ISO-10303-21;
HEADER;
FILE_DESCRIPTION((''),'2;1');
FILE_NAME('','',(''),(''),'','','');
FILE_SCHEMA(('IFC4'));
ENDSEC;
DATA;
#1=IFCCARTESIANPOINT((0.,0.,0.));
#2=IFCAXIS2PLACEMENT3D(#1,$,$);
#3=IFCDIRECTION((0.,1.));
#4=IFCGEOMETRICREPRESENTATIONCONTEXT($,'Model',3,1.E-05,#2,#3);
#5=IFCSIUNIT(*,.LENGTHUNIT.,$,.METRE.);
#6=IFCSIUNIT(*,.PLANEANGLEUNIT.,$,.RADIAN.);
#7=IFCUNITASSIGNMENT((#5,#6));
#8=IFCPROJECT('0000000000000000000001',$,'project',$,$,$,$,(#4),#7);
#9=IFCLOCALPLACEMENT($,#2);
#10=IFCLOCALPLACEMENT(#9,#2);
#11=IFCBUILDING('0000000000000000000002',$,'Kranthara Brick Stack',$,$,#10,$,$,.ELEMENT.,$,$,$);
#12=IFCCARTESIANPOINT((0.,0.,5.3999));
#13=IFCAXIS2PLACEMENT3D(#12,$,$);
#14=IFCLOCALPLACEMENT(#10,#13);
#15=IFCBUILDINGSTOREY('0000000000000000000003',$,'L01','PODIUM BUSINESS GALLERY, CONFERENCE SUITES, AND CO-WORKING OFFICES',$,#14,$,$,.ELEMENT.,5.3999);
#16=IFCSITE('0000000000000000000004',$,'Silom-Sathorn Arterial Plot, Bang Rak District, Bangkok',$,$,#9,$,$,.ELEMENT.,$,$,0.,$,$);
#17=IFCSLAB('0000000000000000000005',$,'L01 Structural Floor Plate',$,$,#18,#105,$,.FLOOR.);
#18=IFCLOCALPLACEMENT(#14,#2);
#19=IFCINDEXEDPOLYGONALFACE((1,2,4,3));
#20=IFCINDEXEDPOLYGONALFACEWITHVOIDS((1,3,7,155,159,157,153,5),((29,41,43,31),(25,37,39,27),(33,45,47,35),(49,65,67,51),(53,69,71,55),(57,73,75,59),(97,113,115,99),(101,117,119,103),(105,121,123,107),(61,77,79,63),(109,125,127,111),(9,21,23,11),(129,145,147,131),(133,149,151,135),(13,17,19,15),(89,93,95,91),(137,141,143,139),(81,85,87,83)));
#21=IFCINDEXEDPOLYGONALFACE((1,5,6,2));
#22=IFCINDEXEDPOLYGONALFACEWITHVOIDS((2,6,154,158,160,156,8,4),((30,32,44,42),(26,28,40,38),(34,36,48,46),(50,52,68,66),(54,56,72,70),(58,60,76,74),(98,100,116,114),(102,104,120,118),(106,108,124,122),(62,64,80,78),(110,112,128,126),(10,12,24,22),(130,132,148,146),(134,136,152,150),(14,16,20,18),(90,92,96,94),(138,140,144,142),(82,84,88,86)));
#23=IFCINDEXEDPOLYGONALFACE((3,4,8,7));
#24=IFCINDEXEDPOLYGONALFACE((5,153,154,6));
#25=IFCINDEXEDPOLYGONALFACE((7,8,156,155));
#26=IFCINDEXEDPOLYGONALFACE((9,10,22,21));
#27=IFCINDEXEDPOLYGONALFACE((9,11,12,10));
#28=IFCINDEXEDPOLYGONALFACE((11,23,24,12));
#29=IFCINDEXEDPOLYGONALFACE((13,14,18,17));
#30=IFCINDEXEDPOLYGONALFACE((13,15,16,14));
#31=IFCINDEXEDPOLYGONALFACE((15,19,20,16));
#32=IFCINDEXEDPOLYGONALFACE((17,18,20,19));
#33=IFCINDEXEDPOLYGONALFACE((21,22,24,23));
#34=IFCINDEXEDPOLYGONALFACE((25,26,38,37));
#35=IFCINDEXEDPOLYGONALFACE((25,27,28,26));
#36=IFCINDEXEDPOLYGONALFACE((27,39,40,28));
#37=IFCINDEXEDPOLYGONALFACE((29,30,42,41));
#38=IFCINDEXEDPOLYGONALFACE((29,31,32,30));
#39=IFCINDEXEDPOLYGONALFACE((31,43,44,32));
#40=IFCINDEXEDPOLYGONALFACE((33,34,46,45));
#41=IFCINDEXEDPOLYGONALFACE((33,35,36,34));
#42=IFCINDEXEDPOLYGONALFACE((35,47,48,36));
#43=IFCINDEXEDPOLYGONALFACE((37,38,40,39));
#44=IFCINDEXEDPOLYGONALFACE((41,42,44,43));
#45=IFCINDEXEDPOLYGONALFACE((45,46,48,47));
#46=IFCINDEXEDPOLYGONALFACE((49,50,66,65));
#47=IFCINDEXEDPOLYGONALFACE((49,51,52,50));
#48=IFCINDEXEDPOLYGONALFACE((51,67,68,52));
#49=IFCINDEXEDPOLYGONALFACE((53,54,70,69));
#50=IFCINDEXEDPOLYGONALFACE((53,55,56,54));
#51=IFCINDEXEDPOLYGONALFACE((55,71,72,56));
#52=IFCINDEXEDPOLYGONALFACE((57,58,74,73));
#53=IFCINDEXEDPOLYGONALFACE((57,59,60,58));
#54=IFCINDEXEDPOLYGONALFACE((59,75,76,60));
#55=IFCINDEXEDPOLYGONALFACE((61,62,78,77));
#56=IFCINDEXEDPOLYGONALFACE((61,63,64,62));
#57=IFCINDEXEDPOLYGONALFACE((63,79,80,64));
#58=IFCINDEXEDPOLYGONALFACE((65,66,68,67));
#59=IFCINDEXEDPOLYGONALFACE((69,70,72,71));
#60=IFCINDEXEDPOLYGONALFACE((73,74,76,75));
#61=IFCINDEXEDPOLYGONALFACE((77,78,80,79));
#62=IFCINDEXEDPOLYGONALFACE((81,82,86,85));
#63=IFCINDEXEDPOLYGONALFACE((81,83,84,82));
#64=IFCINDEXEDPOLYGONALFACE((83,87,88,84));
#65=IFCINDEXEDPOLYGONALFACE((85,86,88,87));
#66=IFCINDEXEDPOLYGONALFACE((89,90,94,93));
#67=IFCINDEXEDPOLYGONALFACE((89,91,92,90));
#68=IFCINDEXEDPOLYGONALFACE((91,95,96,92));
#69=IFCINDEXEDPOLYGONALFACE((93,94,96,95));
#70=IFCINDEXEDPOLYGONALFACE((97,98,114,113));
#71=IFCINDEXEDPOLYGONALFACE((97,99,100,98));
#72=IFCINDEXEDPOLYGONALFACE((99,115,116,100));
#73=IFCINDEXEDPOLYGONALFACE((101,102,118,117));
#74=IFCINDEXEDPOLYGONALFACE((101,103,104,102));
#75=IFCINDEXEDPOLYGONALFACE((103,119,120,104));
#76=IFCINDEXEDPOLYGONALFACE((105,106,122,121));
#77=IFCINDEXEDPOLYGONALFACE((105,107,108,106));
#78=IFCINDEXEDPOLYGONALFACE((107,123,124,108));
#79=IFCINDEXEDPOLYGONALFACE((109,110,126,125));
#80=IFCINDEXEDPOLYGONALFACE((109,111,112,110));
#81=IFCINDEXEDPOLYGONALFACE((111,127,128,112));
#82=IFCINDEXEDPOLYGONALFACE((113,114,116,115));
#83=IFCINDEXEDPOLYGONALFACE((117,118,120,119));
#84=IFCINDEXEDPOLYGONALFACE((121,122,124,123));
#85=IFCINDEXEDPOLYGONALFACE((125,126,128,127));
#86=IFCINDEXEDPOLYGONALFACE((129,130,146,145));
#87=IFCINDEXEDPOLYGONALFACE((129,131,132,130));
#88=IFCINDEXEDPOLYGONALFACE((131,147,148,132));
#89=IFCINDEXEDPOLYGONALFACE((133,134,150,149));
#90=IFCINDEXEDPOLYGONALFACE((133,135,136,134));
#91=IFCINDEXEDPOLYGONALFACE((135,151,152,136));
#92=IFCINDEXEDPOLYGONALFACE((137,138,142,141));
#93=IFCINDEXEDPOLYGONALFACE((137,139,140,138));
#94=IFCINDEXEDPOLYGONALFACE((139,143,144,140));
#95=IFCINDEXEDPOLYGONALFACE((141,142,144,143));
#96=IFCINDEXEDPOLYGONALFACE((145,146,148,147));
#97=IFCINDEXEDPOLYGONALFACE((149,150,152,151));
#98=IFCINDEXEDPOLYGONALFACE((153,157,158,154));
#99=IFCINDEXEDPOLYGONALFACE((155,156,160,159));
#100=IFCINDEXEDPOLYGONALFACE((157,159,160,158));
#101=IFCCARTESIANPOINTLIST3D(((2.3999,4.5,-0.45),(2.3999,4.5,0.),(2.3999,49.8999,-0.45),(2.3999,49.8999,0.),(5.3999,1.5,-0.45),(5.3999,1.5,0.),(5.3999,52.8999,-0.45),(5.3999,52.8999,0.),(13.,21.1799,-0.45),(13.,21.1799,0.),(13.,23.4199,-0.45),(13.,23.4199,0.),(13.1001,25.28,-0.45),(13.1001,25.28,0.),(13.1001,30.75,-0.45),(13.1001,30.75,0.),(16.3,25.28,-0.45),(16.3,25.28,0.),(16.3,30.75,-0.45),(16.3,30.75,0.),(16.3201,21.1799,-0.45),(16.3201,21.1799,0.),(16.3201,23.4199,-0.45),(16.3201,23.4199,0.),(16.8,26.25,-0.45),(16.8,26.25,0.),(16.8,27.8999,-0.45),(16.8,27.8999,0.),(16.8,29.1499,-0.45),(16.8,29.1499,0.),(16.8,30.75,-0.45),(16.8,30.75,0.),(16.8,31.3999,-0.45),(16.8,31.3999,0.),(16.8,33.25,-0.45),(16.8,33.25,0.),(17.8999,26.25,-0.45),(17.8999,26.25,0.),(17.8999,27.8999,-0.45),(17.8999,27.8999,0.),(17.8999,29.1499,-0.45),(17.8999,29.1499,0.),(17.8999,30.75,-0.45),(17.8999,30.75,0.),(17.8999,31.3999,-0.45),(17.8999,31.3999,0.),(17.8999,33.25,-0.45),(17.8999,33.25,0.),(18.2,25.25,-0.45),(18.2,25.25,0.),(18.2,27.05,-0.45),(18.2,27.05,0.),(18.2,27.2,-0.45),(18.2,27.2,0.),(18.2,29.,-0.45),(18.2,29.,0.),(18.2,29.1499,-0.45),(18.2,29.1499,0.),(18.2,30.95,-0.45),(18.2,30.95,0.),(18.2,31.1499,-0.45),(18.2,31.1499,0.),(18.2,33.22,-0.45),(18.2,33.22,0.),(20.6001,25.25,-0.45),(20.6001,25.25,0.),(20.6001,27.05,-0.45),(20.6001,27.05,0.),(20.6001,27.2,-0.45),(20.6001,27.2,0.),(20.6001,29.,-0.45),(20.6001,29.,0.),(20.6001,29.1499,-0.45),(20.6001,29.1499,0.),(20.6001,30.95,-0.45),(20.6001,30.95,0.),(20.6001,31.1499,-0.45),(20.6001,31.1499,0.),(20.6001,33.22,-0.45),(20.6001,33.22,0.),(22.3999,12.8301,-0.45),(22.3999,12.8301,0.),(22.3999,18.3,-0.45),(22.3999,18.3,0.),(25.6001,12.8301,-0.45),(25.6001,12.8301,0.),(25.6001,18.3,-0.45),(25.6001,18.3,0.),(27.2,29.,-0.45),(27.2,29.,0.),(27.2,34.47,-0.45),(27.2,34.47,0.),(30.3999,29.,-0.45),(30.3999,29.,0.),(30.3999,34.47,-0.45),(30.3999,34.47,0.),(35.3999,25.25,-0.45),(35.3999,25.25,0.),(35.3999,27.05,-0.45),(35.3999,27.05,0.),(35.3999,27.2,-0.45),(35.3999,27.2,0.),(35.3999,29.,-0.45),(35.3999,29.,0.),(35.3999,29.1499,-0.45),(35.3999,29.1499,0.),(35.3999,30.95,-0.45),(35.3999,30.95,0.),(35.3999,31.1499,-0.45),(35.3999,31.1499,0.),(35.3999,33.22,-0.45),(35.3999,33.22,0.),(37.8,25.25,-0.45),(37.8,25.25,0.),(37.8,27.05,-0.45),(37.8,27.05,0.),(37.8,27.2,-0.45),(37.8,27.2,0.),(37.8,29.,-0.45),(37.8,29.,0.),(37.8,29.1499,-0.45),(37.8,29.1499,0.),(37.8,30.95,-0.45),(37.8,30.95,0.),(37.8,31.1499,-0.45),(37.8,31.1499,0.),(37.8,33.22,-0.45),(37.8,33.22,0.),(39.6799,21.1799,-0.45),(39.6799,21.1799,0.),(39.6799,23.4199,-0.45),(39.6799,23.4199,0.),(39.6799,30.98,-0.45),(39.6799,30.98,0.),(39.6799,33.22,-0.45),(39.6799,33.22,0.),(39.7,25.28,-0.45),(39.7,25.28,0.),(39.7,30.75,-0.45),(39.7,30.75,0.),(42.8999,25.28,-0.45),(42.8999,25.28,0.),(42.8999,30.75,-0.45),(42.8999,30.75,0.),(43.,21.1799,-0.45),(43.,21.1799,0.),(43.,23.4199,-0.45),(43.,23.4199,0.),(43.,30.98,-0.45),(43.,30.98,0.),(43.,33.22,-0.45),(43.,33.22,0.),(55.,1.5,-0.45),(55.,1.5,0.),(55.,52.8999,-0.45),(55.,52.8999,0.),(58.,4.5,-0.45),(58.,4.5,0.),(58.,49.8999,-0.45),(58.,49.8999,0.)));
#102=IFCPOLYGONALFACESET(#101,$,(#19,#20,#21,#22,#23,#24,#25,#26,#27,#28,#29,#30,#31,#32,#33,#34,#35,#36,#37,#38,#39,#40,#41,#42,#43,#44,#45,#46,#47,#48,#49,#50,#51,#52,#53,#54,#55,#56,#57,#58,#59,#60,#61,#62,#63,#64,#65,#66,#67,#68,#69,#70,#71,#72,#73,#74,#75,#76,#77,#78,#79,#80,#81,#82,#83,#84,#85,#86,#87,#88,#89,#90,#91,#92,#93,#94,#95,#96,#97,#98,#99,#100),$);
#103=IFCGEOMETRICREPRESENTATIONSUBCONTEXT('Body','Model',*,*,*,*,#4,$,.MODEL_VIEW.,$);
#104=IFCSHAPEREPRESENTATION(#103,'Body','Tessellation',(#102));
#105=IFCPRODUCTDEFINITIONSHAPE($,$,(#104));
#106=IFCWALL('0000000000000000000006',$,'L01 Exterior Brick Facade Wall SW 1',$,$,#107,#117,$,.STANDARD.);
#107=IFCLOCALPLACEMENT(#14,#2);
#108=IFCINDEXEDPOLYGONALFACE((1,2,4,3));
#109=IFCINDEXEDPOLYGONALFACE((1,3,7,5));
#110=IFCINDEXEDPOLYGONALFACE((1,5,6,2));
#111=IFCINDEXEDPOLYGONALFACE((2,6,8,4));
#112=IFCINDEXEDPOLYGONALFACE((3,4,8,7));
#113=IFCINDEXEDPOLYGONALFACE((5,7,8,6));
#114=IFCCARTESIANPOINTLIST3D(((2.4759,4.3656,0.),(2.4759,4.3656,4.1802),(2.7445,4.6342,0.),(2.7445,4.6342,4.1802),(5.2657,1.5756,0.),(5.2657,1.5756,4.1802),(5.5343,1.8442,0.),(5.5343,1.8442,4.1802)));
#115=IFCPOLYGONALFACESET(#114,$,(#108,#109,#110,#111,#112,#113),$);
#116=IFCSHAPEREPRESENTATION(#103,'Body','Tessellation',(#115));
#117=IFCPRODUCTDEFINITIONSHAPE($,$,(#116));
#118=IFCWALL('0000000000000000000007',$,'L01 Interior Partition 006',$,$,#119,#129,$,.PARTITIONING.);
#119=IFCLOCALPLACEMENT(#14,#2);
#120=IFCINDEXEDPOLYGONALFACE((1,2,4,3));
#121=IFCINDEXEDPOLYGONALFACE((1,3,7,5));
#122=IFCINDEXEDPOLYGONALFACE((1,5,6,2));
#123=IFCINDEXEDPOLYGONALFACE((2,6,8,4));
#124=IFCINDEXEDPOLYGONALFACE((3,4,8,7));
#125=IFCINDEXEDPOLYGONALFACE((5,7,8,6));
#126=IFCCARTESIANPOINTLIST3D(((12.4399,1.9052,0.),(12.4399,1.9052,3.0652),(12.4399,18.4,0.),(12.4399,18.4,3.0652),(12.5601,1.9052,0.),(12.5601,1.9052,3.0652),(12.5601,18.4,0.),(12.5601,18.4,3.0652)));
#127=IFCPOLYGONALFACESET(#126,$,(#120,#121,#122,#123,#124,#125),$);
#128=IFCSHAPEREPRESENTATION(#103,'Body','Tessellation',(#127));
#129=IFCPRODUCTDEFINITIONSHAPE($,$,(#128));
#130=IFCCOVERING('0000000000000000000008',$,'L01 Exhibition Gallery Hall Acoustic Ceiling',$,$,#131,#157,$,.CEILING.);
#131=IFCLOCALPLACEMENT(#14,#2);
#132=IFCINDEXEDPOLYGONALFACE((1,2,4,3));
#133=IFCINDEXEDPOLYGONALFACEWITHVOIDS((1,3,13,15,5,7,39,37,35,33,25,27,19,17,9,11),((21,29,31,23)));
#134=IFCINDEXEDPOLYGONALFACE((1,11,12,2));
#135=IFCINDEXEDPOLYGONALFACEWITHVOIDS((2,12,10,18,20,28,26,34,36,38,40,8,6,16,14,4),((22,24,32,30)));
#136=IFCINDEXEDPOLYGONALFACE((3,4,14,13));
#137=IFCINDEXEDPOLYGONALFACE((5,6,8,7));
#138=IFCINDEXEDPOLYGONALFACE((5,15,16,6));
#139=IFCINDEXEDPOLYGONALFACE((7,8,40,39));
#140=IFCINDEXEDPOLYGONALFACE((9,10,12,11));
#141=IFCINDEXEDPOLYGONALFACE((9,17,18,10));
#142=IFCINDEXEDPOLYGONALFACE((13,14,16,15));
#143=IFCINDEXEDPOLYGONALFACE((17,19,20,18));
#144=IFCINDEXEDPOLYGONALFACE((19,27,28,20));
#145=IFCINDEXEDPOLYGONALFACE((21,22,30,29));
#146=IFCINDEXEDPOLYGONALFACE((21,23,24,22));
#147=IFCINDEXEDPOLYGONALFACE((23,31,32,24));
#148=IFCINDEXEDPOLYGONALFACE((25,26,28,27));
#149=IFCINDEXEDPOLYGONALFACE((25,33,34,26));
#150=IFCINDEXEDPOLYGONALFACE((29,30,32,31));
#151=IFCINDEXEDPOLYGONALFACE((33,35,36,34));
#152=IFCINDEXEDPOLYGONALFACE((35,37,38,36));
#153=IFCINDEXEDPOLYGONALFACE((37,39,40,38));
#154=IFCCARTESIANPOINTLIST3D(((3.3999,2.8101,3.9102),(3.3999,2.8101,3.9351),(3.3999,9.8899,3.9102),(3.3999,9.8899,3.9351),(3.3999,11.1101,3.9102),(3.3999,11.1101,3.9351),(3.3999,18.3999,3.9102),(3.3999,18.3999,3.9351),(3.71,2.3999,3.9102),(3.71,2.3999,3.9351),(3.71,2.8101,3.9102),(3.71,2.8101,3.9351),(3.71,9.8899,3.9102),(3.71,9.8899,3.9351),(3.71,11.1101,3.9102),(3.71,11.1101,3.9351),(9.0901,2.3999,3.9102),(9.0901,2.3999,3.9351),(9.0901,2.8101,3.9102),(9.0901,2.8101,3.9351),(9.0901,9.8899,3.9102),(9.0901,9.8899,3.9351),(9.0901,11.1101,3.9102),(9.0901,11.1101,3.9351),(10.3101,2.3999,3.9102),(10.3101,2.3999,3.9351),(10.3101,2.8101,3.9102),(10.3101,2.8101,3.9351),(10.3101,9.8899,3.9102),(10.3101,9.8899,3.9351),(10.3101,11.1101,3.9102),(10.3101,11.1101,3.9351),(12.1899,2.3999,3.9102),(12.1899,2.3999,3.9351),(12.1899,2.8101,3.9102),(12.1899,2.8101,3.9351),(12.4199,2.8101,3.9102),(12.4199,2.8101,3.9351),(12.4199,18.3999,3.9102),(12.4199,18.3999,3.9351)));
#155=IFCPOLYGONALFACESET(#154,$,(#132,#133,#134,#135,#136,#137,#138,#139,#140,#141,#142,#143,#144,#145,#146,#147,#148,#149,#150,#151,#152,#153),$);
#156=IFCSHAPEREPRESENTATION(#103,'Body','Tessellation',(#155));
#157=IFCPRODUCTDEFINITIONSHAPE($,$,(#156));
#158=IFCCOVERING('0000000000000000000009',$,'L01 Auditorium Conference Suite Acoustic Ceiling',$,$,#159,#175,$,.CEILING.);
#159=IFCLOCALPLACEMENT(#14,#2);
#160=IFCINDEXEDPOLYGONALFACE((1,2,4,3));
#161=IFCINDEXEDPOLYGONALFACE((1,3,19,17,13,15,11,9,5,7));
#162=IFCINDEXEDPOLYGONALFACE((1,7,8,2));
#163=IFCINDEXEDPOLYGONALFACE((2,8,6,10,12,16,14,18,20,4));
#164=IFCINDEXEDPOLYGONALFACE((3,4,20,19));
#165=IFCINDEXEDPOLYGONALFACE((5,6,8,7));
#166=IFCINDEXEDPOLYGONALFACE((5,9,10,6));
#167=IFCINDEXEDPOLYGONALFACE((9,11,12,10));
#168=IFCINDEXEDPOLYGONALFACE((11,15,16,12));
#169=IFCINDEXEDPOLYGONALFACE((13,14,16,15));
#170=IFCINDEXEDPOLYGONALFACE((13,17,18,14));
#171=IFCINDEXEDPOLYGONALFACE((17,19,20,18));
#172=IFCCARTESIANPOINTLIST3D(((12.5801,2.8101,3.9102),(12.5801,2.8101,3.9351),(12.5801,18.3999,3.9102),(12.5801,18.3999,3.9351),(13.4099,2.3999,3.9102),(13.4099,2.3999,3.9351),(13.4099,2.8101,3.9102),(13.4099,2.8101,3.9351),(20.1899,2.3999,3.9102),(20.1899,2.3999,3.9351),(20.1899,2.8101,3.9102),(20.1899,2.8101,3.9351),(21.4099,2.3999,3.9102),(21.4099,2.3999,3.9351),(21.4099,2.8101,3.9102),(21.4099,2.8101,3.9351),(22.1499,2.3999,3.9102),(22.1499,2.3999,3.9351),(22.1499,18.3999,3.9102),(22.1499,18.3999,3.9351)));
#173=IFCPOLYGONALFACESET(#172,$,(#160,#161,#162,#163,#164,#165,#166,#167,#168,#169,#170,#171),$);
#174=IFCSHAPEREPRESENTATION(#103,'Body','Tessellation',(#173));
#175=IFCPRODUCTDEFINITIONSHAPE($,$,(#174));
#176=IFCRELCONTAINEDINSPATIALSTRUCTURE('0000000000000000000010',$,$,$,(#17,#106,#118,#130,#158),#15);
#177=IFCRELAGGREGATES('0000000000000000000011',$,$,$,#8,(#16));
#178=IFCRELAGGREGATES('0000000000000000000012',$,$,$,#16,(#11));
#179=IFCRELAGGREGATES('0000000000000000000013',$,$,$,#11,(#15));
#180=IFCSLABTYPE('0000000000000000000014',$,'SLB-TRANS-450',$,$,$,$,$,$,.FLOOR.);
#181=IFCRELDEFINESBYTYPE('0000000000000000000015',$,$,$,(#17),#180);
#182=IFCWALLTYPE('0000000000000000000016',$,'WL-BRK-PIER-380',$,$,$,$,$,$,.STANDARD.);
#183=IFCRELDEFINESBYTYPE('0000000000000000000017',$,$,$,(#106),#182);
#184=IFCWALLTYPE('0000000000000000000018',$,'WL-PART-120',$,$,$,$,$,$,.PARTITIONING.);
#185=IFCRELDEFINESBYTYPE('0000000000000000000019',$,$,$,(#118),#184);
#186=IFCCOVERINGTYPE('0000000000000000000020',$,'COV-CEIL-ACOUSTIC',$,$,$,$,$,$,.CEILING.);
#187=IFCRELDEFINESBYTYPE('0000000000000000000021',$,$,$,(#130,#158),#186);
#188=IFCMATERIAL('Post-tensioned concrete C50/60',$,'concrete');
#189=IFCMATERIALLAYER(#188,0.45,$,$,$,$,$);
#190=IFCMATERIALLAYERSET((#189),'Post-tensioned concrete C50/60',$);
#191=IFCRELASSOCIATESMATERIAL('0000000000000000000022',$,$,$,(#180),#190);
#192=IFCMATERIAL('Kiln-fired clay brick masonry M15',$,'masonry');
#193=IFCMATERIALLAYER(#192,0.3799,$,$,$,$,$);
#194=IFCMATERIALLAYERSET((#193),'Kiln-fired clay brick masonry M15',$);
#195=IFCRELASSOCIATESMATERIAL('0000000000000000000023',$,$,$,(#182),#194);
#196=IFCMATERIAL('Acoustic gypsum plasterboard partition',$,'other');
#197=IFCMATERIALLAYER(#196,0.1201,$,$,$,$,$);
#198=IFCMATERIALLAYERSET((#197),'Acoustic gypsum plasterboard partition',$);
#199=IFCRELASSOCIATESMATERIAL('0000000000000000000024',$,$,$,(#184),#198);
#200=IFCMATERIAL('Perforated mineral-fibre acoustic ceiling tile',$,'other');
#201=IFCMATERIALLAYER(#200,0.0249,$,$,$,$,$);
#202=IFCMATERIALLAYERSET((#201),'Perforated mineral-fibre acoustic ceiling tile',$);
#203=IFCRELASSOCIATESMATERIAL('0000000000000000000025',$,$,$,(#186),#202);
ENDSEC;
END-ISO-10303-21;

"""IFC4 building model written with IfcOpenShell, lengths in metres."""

from ifc_helpers import new_model, si_unit, direction, frame, frame_2d, origin, place, context, subcontext, project, spatial, polyline, rectangle, outline, extrude, material, layer, layer_set, type_object, element, save


model = new_model("IFC4")

# Units and contexts
model_context = context("Model", 3, precision=1e-05, world=origin(), true_north=direction((0.0, 1.0)))
body_context = subcontext(model_context, "Body", "Model", "MODEL_VIEW")
ifc_project = project(units=[si_unit("LENGTHUNIT", "METRE"), si_unit("PLANEANGLEUNIT", "RADIAN")], contexts=[model_context])

# Site, building, storey
site_placement = place(None, origin())
site = spatial("IfcSite", under=ifc_project, at=site_placement, Name="Silom-Sathorn Arterial Plot, Bang Rak District, Bangkok", CompositionType="ELEMENT", RefElevation=0.0)
building_placement = place(site_placement, origin())
building = spatial("IfcBuilding", under=site, at=building_placement, Name="Kranthara Brick Stack", CompositionType="ELEMENT")
storey_placement = place(building_placement, frame((0.0, 0.0, 5.3999)))
storey = spatial("IfcBuildingStorey", under=building, at=storey_placement, Name="L01", Description="PODIUM BUSINESS GALLERY, CONFERENCE SUITES, AND CO-WORKING OFFICES", CompositionType="ELEMENT", Elevation=5.3999)

# Slab
ifc_material_1 = material(Name="Post-tensioned concrete C50/60", Category="concrete")
ifc_layer_1 = layer(ifc_material_1, 0.45)
ifc_layer_set_1 = layer_set([ifc_layer_1], Name="Post-tensioned concrete C50/60")
slab_type_1 = type_object("IfcSlabType", Name="SLB-TRANS-450", PredefinedType="FLOOR", material=ifc_layer_set_1)
slab_1_placement = place(storey_placement, frame((0.0, 0.0, -0.45)))
element("IfcSlab", 1, at=slab_1_placement, inside=storey, type_object=slab_type_1, Name="L01 Structural Floor Plate", PredefinedType="FLOOR", context=body_context, shape_type="SweptSolid", body=[
    extrude(outline(polyline([(5.3999, 1.5), (55.0, 1.5), (58.0, 4.5), (58.0, 49.8999), (55.0, 52.8999), (5.3999, 52.8999), (2.3999, 49.8999), (2.3999, 4.5), (5.3999, 1.5)]), holes=[polyline([(13.1001, 25.28), (16.3, 25.28), (16.3, 30.75), (13.1001, 30.75), (13.1001, 25.28)]), polyline([(39.7, 25.28), (42.8999, 25.28), (42.8999, 30.75), (39.7, 30.75), (39.7, 25.28)]), polyline([(22.3999, 12.8301), (25.6001, 12.8301), (25.6001, 18.3), (22.3999, 18.3), (22.3999, 12.8301)]), polyline([(27.2, 29.0), (30.3999, 29.0), (30.3999, 34.47), (27.2, 34.47), (27.2, 29.0)]), polyline([(13.0, 21.1799), (16.3201, 21.1799), (16.3201, 23.4199), (13.0, 23.4199), (13.0, 21.1799)]), polyline([(39.6799, 21.1799), (43.0, 21.1799), (43.0, 23.4199), (39.6799, 23.4199), (39.6799, 21.1799)]), polyline([(39.6799, 30.98), (43.0, 30.98), (43.0, 33.22), (39.6799, 33.22), (39.6799, 30.98)]), polyline([(18.2, 25.25), (20.6001, 25.25), (20.6001, 27.05), (18.2, 27.05), (18.2, 25.25)]), polyline([(18.2, 27.2), (20.6001, 27.2), (20.6001, 29.0), (18.2, 29.0), (18.2, 27.2)]), polyline([(18.2, 29.1499), (20.6001, 29.1499), (20.6001, 30.95), (18.2, 30.95), (18.2, 29.1499)]), polyline([(35.3999, 25.25), (37.8, 25.25), (37.8, 27.05), (35.3999, 27.05), (35.3999, 25.25)]), polyline([(35.3999, 27.2), (37.8, 27.2), (37.8, 29.0), (35.3999, 29.0), (35.3999, 27.2)]), polyline([(35.3999, 29.1499), (37.8, 29.1499), (37.8, 30.95), (35.3999, 30.95), (35.3999, 29.1499)]), polyline([(18.2, 31.1499), (20.6001, 31.1499), (20.6001, 33.22), (18.2, 33.22), (18.2, 31.1499)]), polyline([(35.3999, 31.1499), (37.8, 31.1499), (37.8, 33.22), (35.3999, 33.22), (35.3999, 31.1499)]), polyline([(16.8, 26.25), (17.8999, 26.25), (17.8999, 27.8999), (16.8, 27.8999), (16.8, 26.25)]), polyline([(16.8, 29.1499), (17.8999, 29.1499), (17.8999, 30.75), (16.8, 30.75), (16.8, 29.1499)]), polyline([(16.8, 31.3999), (17.8999, 31.3999), (17.8999, 33.25), (16.8, 33.25), (16.8, 31.3999)])]), origin(), (0.0, 0.0, 1.0), 0.45),
])

# Walls
ifc_material_2 = material(Name="Kiln-fired clay brick masonry M15", Category="masonry")
ifc_layer_2 = layer(ifc_material_2, 0.3799)
ifc_layer_set_2 = layer_set([ifc_layer_2], Name="Kiln-fired clay brick masonry M15")
wall_type_1 = type_object("IfcWallType", Name="WL-BRK-PIER-380", PredefinedType="STANDARD", material=ifc_layer_set_2)
wall_1_placement = place(storey_placement, frame((5.3999, 1.71, 0.0), z_axis=(0.0, 0.0, 1.0), x_axis=(-0.707076, 0.707138, 0.0)))
element("IfcWall", 2, at=wall_1_placement, inside=storey, type_object=wall_type_1, Name="L01 Exterior Brick Facade Wall SW 1", PredefinedType="STANDARD", context=body_context, shape_type="SweptSolid", body=[
    extrude(rectangle(XDim=3.9456, YDim=0.3799, at=frame_2d((1.9727, 0.0))), origin(), (0.0, 0.0, 1.0), 4.1802),
])
ifc_material_3 = material(Name="Acoustic gypsum plasterboard partition", Category="other")
ifc_layer_3 = layer(ifc_material_3, 0.1201)
ifc_layer_set_3 = layer_set([ifc_layer_3], Name="Acoustic gypsum plasterboard partition")
wall_type_2 = type_object("IfcWallType", Name="WL-PART-120", PredefinedType="PARTITIONING", material=ifc_layer_set_3)
wall_2_placement = place(storey_placement, frame((12.5, 1.905, 0.0), z_axis=(0.0, 0.0, 1.0), x_axis=(0.0, 1.0, 0.0)))
element("IfcWall", 3, at=wall_2_placement, inside=storey, type_object=wall_type_2, Name="L01 Interior Partition 006", PredefinedType="PARTITIONING", context=body_context, shape_type="SweptSolid", body=[
    extrude(rectangle(XDim=16.4949, YDim=0.1201, at=frame_2d((8.2476, 0.0))), origin(), (0.0, 0.0, 1.0), 3.0652),
])

# Coverings
ifc_material_4 = material(Name="Perforated mineral-fibre acoustic ceiling tile", Category="other")
ifc_layer_4 = layer(ifc_material_4, 0.0249)
ifc_layer_set_4 = layer_set([ifc_layer_4], Name="Perforated mineral-fibre acoustic ceiling tile")
covering_type_1 = type_object("IfcCoveringType", Name="COV-CEIL-ACOUSTIC", PredefinedType="CEILING", material=ifc_layer_set_4)
covering_1_placement = place(storey_placement, frame((0.0, 0.0, 3.9102)))
element("IfcCovering", 4, at=covering_1_placement, inside=storey, type_object=covering_type_1, Name="L01 Exhibition Gallery Hall Acoustic Ceiling", PredefinedType="CEILING", context=body_context, shape_type="SweptSolid", body=[
    extrude(outline(polyline([(12.1899, 2.3999), (10.3101, 2.3999), (10.3101, 2.8101), (9.0901, 2.8101), (9.0901, 2.3999), (3.71, 2.3999), (3.71, 2.8101), (3.3999, 2.8101), (3.3999, 9.8899), (3.71, 9.8899), (3.71, 11.1101), (3.3999, 11.1101), (3.3999, 18.3999), (12.4199, 18.3999), (12.4199, 2.8101), (12.1899, 2.8101), (12.1899, 2.3999)]), holes=[polyline([(10.3101, 11.1101), (9.0901, 11.1101), (9.0901, 9.8899), (10.3101, 9.8899), (10.3101, 11.1101)])]), origin(), (0.0, 0.0, 1.0), 0.0249),
])
covering_2_placement = place(storey_placement, frame((0.0, 0.0, 3.9102)))
element("IfcCovering", 5, at=covering_2_placement, inside=storey, type_object=covering_type_1, Name="L01 Auditorium Conference Suite Acoustic Ceiling", PredefinedType="CEILING", context=body_context, shape_type="SweptSolid", body=[
    extrude(outline(polyline([(22.1499, 18.3999), (22.1499, 2.3999), (21.4099, 2.3999), (21.4099, 2.8101), (20.1899, 2.8101), (20.1899, 2.3999), (13.4099, 2.3999), (13.4099, 2.8101), (12.5801, 2.8101), (12.5801, 18.3999), (22.1499, 18.3999)])), origin(), (0.0, 0.0, 1.0), 0.0249),
])

save(model, "model.ifc")
